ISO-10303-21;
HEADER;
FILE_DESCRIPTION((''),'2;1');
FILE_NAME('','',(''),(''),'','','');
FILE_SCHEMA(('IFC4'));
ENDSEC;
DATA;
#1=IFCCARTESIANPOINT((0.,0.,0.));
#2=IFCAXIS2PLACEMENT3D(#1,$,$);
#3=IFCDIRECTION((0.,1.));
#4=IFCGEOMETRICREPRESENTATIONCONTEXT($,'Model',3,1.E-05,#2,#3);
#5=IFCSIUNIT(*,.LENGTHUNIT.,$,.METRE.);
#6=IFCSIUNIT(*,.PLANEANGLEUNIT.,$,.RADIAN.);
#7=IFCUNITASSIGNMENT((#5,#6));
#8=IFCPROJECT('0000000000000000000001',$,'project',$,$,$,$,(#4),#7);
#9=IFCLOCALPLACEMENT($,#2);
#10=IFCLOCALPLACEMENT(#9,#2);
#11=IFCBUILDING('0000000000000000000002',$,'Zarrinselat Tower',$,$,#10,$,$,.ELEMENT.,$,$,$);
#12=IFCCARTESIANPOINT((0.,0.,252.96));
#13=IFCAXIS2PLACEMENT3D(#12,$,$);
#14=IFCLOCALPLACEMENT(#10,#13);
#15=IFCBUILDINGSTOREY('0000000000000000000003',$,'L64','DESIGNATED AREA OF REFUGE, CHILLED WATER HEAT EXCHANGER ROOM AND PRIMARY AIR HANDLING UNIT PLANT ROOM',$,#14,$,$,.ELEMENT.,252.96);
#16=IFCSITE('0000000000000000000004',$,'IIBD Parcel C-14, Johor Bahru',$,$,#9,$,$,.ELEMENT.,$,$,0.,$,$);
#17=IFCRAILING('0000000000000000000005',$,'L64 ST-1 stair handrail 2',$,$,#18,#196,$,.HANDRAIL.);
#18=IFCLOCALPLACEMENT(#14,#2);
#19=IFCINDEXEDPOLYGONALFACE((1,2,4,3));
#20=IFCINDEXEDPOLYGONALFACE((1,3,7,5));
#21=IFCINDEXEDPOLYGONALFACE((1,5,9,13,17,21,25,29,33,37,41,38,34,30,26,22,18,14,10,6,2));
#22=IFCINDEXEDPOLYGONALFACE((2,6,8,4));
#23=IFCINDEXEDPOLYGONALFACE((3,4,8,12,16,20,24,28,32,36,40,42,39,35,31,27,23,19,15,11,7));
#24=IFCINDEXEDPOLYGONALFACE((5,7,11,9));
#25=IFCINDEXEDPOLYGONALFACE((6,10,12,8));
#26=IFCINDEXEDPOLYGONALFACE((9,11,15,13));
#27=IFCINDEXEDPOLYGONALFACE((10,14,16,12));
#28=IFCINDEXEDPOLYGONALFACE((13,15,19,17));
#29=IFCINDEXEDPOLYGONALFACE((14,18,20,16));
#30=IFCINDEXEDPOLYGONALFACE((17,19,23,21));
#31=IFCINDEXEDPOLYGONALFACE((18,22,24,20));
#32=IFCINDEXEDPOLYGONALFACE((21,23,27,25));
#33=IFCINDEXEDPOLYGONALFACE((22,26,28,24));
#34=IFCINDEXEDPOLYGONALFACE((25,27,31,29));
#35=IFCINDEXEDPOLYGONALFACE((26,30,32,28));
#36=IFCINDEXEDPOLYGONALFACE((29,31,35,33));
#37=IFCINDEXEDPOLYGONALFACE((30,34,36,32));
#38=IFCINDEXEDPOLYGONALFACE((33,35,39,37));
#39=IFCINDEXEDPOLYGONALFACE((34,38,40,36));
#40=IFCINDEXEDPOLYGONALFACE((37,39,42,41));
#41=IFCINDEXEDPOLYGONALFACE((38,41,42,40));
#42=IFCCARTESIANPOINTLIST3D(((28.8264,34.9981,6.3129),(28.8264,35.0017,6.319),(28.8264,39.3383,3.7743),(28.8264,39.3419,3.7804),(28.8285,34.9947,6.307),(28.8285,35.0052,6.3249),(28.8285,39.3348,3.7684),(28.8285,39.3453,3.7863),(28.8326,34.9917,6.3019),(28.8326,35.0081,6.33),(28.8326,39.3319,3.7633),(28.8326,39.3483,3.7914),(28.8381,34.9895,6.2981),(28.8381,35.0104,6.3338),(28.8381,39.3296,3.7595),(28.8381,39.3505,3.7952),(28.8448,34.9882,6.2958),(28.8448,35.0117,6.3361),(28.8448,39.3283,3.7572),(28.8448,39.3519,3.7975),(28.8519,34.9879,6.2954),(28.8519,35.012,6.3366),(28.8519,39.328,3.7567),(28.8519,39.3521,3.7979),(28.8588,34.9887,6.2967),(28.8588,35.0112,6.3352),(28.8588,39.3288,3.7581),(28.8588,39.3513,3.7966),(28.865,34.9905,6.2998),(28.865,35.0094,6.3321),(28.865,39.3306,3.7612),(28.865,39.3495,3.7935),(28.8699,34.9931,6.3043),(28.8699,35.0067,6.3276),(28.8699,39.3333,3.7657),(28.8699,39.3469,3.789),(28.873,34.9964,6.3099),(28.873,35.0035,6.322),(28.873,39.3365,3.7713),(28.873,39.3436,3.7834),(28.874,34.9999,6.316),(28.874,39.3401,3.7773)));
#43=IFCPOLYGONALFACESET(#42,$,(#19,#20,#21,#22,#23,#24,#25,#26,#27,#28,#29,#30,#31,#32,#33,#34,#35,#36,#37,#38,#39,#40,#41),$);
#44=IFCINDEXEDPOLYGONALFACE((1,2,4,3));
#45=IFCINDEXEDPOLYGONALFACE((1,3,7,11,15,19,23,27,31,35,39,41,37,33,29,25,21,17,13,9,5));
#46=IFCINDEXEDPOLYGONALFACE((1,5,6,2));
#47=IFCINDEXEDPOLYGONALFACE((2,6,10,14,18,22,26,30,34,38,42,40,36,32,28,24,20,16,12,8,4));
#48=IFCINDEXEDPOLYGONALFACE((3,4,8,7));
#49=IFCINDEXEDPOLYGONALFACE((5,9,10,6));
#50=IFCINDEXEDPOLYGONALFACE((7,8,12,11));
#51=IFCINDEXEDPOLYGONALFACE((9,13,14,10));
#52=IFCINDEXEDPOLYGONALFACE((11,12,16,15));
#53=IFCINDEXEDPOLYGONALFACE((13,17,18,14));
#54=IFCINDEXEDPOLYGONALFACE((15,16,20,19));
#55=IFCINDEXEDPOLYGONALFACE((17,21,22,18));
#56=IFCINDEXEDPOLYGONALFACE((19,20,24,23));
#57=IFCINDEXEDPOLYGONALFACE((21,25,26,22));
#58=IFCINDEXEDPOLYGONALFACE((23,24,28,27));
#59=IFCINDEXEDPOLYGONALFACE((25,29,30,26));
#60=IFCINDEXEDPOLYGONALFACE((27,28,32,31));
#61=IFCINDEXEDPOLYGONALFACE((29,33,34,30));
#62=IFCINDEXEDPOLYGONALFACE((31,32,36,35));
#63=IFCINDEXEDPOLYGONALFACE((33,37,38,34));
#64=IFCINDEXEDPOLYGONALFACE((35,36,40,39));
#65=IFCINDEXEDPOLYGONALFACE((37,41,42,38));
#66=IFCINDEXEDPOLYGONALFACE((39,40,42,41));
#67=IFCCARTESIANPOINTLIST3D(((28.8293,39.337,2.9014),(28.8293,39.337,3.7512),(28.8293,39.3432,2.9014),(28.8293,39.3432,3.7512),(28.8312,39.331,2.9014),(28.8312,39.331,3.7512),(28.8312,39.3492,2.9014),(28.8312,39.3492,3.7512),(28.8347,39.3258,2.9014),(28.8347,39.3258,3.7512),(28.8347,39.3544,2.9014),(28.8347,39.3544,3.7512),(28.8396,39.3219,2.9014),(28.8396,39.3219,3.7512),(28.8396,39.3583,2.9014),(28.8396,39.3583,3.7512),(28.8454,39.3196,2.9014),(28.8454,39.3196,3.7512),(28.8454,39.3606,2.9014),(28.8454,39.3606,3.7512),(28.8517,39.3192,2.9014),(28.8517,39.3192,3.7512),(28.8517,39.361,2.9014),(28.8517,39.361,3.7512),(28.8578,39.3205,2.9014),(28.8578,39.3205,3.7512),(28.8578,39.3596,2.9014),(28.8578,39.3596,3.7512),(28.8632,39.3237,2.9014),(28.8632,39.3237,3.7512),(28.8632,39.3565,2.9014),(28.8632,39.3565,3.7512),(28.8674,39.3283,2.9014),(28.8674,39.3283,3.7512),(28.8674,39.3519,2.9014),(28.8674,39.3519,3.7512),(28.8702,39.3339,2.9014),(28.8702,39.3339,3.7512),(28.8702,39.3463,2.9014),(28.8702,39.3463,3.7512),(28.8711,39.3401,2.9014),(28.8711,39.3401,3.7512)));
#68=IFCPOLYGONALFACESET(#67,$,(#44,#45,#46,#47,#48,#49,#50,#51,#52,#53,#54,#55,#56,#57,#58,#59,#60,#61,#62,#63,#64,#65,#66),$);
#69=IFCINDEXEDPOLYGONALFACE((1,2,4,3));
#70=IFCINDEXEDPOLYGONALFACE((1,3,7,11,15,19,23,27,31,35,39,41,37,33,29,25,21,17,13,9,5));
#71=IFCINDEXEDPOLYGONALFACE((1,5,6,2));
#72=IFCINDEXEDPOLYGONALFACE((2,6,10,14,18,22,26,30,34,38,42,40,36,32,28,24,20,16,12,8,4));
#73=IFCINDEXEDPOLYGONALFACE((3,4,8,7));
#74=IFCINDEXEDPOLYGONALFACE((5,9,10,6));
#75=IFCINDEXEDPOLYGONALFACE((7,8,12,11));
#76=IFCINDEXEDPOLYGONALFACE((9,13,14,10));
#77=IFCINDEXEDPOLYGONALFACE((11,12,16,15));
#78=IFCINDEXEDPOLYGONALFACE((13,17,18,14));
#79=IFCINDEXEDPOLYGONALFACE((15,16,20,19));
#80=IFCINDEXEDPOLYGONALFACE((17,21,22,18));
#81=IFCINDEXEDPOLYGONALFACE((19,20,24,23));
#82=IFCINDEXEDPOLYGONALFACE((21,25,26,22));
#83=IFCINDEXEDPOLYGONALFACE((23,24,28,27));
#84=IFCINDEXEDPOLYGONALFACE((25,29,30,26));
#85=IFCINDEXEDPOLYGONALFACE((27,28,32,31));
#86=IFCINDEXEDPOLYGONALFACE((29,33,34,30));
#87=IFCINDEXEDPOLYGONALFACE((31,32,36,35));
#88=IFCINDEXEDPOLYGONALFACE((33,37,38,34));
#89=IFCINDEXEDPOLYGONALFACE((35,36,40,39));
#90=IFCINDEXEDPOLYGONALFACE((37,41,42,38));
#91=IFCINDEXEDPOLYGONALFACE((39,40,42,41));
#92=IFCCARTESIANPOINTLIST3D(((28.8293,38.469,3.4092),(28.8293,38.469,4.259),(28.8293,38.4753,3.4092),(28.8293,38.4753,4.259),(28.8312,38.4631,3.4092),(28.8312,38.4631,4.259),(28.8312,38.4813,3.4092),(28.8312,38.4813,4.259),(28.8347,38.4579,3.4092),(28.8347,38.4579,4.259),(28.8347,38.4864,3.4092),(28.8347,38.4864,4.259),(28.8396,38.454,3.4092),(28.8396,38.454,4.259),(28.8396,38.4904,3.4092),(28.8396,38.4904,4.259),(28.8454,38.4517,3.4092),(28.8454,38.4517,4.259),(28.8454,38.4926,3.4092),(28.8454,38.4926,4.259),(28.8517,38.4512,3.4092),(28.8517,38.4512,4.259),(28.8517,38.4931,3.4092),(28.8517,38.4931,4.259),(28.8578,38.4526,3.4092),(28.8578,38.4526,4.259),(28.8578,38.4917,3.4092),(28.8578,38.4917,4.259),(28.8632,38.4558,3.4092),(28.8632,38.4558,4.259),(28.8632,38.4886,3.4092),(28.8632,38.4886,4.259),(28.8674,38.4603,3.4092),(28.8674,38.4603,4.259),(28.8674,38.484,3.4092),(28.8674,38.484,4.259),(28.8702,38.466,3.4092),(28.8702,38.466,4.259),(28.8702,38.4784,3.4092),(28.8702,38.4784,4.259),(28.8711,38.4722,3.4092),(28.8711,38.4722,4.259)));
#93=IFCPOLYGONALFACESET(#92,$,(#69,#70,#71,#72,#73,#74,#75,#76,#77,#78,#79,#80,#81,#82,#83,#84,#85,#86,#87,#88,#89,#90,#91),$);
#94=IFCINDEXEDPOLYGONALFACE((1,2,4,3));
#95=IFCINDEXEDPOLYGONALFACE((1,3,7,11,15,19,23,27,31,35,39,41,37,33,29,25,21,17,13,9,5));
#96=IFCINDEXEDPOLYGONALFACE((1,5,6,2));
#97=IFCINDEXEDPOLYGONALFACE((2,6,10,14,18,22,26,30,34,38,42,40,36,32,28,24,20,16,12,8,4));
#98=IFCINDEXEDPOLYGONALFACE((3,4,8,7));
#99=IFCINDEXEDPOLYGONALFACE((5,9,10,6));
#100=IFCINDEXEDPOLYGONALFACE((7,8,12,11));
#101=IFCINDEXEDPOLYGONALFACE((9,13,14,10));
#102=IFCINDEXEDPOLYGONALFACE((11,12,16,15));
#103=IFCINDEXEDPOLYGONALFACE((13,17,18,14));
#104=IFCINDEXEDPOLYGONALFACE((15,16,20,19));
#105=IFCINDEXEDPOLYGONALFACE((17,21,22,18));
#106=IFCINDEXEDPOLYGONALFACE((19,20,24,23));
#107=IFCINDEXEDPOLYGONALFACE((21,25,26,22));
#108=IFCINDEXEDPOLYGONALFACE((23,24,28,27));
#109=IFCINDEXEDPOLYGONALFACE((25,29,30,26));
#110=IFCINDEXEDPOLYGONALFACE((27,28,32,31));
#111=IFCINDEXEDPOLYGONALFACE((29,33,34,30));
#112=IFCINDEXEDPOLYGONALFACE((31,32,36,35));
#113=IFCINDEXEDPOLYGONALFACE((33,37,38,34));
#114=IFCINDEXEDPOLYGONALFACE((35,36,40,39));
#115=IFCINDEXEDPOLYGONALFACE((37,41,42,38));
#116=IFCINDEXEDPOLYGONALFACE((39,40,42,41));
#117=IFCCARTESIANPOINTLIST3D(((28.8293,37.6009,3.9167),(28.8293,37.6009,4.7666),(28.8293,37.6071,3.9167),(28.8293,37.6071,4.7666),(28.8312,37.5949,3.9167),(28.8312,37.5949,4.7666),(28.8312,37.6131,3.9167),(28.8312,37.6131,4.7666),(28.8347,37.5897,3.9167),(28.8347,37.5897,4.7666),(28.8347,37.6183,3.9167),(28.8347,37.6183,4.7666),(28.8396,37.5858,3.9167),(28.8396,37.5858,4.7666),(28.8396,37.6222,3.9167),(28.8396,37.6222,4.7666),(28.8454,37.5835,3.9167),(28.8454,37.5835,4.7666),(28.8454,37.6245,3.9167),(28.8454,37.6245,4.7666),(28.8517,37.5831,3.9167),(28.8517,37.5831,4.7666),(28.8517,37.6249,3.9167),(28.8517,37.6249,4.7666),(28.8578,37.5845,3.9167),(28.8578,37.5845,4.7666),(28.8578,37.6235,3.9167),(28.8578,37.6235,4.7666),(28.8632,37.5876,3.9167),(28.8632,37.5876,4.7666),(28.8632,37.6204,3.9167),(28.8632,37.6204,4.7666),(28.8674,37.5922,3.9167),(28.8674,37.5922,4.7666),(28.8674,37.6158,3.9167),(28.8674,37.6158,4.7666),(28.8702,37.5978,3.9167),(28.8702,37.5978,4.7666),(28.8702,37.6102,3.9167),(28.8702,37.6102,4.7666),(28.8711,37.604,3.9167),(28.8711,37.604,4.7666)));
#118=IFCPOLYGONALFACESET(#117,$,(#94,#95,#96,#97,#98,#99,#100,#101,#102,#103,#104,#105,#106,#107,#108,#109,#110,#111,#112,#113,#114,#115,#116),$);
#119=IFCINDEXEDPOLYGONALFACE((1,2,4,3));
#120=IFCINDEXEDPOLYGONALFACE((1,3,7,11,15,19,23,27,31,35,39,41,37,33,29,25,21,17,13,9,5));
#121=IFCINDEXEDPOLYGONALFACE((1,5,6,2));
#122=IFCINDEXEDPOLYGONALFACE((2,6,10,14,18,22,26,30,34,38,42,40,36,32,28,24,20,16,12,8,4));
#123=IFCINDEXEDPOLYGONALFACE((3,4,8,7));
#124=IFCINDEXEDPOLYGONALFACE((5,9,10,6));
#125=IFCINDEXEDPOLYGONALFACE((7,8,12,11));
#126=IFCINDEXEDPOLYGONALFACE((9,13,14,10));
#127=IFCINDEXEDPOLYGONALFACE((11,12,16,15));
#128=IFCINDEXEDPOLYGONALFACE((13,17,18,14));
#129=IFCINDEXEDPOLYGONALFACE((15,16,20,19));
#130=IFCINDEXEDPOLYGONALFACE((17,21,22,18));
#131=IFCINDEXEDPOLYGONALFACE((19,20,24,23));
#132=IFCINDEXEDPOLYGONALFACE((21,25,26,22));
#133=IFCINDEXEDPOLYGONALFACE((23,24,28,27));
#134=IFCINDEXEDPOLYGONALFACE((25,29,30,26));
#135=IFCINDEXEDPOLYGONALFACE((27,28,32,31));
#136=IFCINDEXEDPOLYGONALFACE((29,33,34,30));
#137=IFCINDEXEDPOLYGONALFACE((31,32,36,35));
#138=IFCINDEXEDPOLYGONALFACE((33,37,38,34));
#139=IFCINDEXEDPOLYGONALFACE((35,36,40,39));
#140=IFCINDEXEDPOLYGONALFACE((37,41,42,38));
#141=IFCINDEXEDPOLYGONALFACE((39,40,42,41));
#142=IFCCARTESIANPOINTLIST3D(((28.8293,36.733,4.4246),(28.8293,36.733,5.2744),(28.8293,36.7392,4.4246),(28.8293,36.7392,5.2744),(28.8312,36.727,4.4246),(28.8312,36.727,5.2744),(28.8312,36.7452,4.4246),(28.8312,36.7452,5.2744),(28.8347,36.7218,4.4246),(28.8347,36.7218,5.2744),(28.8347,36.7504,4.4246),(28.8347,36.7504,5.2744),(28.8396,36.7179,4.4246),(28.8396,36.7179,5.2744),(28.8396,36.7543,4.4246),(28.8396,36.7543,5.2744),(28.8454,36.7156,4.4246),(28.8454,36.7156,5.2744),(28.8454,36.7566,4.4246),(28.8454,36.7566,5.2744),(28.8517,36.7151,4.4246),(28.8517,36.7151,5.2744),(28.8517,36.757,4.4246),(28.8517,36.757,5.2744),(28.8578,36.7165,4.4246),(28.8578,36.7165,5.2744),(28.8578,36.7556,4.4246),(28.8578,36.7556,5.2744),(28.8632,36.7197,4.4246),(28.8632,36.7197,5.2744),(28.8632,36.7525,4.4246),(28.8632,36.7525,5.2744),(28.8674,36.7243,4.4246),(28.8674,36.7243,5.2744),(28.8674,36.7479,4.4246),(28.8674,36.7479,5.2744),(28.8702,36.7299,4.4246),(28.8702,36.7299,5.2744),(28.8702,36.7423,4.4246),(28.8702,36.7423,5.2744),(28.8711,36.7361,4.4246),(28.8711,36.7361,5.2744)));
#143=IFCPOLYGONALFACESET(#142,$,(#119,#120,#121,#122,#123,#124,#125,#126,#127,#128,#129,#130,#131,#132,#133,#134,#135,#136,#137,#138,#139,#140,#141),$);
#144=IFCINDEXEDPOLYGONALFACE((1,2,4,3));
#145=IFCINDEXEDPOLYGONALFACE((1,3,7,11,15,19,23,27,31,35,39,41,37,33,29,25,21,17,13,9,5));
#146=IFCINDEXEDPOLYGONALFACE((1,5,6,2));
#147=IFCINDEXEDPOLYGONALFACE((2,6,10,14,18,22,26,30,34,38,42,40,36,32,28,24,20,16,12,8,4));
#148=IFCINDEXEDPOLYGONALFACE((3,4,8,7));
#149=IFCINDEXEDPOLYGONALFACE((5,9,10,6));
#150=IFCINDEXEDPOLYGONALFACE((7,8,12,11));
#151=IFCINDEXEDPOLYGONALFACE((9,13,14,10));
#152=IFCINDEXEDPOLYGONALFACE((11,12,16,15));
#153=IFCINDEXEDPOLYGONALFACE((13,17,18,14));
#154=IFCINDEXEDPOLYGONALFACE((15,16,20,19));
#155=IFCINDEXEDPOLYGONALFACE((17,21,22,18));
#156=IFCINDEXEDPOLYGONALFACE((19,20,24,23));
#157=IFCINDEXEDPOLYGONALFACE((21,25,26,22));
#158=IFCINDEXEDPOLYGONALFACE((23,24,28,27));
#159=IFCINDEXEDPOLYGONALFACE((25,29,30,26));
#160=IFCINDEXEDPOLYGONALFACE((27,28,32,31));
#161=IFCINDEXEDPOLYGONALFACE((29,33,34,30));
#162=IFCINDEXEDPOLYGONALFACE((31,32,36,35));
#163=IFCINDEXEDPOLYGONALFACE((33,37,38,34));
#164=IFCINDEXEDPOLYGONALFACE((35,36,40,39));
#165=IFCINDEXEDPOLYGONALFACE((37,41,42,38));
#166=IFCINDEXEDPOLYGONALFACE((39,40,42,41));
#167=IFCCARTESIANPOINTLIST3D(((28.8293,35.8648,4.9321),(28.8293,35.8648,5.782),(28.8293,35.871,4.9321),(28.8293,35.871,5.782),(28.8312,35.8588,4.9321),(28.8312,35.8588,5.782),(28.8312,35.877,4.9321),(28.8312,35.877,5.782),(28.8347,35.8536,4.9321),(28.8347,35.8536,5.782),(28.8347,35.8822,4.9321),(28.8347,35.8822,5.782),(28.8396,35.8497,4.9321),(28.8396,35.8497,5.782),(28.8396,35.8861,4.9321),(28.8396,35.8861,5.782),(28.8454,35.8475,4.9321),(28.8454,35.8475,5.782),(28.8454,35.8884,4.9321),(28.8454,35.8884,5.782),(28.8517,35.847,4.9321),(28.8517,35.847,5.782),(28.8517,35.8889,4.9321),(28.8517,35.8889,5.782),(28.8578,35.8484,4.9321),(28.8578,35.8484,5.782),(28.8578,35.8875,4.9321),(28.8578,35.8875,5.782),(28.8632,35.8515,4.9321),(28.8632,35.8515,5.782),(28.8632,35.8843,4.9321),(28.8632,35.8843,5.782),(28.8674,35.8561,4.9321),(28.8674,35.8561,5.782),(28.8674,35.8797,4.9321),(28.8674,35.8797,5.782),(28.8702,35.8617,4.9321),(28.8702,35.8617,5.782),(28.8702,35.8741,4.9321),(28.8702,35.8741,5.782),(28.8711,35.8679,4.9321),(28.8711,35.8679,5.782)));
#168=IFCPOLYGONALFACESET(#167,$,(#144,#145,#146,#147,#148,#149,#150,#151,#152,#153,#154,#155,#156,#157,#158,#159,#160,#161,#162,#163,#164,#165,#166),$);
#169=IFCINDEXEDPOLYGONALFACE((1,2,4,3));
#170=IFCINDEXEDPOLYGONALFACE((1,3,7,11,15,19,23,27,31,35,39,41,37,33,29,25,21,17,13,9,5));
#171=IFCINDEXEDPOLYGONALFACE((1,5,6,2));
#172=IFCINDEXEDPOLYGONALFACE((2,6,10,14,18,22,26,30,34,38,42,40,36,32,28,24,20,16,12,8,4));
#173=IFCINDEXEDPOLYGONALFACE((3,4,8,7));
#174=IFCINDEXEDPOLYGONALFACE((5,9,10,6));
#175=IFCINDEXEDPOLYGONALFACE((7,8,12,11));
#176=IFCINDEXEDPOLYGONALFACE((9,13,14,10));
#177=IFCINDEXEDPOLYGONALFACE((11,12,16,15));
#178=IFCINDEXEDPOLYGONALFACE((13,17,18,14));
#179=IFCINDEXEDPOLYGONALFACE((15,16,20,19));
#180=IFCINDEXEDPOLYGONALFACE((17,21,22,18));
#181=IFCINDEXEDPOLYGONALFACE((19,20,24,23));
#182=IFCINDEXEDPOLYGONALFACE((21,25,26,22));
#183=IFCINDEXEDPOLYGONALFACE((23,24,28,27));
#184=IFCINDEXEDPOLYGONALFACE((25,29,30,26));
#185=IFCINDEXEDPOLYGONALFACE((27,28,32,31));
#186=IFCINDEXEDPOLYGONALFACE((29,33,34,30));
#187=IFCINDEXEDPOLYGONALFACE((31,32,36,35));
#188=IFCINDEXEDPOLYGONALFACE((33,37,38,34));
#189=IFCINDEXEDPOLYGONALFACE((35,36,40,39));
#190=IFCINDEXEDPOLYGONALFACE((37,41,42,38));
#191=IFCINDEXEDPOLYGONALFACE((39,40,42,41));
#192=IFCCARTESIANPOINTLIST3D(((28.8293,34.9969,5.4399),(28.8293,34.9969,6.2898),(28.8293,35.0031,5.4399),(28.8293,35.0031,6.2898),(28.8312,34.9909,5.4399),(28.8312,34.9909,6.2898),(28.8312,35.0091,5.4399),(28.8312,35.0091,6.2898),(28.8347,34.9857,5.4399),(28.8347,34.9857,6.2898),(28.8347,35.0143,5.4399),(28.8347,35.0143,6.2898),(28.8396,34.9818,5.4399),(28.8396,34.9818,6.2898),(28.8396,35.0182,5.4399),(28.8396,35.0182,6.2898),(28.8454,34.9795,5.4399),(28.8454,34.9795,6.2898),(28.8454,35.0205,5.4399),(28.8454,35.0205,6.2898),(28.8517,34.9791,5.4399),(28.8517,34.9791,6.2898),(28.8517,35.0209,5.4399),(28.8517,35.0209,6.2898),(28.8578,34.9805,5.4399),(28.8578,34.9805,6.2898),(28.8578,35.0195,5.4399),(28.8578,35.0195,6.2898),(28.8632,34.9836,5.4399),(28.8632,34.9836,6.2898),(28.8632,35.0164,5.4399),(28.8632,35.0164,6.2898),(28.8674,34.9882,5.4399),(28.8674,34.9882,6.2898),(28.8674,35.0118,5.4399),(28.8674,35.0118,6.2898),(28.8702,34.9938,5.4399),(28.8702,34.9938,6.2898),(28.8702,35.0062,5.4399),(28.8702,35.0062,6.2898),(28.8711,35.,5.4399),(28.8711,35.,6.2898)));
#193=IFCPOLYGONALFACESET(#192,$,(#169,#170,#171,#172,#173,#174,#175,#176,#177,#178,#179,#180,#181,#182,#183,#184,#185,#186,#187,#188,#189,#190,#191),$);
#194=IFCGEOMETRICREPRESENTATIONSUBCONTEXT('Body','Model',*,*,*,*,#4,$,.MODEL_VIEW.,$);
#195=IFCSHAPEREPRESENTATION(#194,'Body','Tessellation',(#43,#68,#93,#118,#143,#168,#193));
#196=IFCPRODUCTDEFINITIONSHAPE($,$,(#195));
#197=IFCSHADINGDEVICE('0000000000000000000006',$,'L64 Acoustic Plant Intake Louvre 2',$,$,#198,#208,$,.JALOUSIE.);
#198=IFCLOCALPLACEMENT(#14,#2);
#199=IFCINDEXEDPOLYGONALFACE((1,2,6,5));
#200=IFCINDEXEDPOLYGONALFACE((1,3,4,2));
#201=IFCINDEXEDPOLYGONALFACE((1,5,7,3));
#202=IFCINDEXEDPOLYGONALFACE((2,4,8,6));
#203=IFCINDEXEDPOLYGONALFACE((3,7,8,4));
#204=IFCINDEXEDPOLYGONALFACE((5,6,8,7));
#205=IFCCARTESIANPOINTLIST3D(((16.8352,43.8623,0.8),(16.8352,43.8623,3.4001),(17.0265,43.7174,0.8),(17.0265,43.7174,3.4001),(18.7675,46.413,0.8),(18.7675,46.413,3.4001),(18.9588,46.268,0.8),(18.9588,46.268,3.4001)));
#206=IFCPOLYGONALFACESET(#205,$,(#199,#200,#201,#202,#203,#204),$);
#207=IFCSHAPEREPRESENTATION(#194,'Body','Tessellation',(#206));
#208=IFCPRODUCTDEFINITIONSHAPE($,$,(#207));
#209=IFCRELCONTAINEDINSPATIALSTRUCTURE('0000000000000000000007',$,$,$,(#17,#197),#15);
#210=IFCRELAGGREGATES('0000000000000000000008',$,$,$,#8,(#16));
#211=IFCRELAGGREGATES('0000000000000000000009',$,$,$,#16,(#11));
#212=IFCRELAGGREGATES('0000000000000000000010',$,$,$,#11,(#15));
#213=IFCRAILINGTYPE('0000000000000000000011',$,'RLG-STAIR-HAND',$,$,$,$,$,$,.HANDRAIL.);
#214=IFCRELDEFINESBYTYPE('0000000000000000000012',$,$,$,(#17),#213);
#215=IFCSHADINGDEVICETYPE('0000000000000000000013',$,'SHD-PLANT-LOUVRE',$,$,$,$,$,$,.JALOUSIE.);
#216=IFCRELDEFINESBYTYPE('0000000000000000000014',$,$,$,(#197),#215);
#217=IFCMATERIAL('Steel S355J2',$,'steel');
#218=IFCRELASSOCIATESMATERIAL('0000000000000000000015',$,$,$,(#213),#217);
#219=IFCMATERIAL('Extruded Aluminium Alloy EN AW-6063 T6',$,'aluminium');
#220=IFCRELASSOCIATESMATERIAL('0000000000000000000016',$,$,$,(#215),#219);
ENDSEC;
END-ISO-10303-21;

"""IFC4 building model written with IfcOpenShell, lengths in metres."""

from ifc_helpers import new_model, si_unit, direction, frame, origin, origin_2d, place, context, subcontext, project, spatial, rectangle, circle, extrude, material, type_object, element, save


model = new_model("IFC4")

# Units and contexts
model_context = context("Model", 3, precision=1e-05, world=origin(), true_north=direction((0.0, 1.0)))
body_context = subcontext(model_context, "Body", "Model", "MODEL_VIEW")
ifc_project = project(units=[si_unit("LENGTHUNIT", "METRE"), si_unit("PLANEANGLEUNIT", "RADIAN")], contexts=[model_context])

# Site, building, storey
site_placement = place(None, origin())
site = spatial("IfcSite", under=ifc_project, at=site_placement, Name="IIBD Parcel C-14, Johor Bahru", CompositionType="ELEMENT", RefElevation=0.0)
building_placement = place(site_placement, origin())
building = spatial("IfcBuilding", under=site, at=building_placement, Name="Zarrinselat Tower", CompositionType="ELEMENT")
storey_placement = place(building_placement, frame((0.0, 0.0, 252.96)))
storey = spatial("IfcBuildingStorey", under=building, at=storey_placement, Name="L64", Description="DESIGNATED AREA OF REFUGE, CHILLED WATER HEAT EXCHANGER ROOM AND PRIMARY AIR HANDLING UNIT PLANT ROOM", CompositionType="ELEMENT", Elevation=252.96)

# Railing
ifc_material_1 = material(Name="Steel S355J2", Category="steel")
railing_type = type_object("IfcRailingType", Name="RLG-STAIR-HAND", PredefinedType="HANDRAIL", material=ifc_material_1)
railing_placement = place(storey_placement, frame((28.8501, 39.3401, 2.9014)))
element("IfcRailing", 1, at=railing_placement, inside=storey, type_object=railing_type, Name="L64 ST-1 stair handrail 2", PredefinedType="HANDRAIL", context=body_context, shape_type="SweptSolid", body=[
    extrude(circle(Radius=0.0239, at=origin_2d()), frame((0.0, 0.0, 0.876), z_axis=(0.0, -0.863185, 0.504888), x_axis=(1.0, 0.0, 0.0)), (0.0, 0.0, 1.0), 5.0281),
    extrude(circle(Radius=0.021, at=origin_2d()), origin(), (0.0, 0.0, 1.0), 0.8499),
    extrude(circle(Radius=0.021, at=origin_2d()), frame((0.0, -0.8679, 0.5078)), (0.0, 0.0, 1.0), 0.8499),
    extrude(circle(Radius=0.021, at=origin_2d()), frame((0.0, -1.7361, 1.0154)), (0.0, 0.0, 1.0), 0.8499),
    extrude(circle(Radius=0.021, at=origin_2d()), frame((0.0, -2.604, 1.5232)), (0.0, 0.0, 1.0), 0.8499),
    extrude(circle(Radius=0.021, at=origin_2d()), frame((0.0, -3.4722, 2.0308)), (0.0, 0.0, 1.0), 0.8499),
    extrude(circle(Radius=0.021, at=origin_2d()), frame((0.0, -4.3401, 2.5386)), (0.0, 0.0, 1.0), 0.8499),
])

# Shading device
ifc_material_2 = material(Name="Extruded Aluminium Alloy EN AW-6063 T6", Category="aluminium")
shading_device_type = type_object("IfcShadingDeviceType", Name="SHD-PLANT-LOUVRE", PredefinedType="JALOUSIE", material=ifc_material_2)
shading_device_placement = place(storey_placement, frame((17.897, 45.0652, 0.8), z_axis=(0.0, 0.0, 1.0), x_axis=(-0.603863, -0.797088, 0.0)))
element("IfcShadingDevice", 2, at=shading_device_placement, inside=storey, type_object=shading_device_type, Name="L64 Acoustic Plant Intake Louvre 2", PredefinedType="JALOUSIE", context=body_context, shape_type="SweptSolid", body=[
    extrude(rectangle(XDim=3.2, YDim=0.24, at=origin_2d()), origin(), (0.0, 0.0, 1.0), 2.6001),
])

save(model, "model.ifc")
